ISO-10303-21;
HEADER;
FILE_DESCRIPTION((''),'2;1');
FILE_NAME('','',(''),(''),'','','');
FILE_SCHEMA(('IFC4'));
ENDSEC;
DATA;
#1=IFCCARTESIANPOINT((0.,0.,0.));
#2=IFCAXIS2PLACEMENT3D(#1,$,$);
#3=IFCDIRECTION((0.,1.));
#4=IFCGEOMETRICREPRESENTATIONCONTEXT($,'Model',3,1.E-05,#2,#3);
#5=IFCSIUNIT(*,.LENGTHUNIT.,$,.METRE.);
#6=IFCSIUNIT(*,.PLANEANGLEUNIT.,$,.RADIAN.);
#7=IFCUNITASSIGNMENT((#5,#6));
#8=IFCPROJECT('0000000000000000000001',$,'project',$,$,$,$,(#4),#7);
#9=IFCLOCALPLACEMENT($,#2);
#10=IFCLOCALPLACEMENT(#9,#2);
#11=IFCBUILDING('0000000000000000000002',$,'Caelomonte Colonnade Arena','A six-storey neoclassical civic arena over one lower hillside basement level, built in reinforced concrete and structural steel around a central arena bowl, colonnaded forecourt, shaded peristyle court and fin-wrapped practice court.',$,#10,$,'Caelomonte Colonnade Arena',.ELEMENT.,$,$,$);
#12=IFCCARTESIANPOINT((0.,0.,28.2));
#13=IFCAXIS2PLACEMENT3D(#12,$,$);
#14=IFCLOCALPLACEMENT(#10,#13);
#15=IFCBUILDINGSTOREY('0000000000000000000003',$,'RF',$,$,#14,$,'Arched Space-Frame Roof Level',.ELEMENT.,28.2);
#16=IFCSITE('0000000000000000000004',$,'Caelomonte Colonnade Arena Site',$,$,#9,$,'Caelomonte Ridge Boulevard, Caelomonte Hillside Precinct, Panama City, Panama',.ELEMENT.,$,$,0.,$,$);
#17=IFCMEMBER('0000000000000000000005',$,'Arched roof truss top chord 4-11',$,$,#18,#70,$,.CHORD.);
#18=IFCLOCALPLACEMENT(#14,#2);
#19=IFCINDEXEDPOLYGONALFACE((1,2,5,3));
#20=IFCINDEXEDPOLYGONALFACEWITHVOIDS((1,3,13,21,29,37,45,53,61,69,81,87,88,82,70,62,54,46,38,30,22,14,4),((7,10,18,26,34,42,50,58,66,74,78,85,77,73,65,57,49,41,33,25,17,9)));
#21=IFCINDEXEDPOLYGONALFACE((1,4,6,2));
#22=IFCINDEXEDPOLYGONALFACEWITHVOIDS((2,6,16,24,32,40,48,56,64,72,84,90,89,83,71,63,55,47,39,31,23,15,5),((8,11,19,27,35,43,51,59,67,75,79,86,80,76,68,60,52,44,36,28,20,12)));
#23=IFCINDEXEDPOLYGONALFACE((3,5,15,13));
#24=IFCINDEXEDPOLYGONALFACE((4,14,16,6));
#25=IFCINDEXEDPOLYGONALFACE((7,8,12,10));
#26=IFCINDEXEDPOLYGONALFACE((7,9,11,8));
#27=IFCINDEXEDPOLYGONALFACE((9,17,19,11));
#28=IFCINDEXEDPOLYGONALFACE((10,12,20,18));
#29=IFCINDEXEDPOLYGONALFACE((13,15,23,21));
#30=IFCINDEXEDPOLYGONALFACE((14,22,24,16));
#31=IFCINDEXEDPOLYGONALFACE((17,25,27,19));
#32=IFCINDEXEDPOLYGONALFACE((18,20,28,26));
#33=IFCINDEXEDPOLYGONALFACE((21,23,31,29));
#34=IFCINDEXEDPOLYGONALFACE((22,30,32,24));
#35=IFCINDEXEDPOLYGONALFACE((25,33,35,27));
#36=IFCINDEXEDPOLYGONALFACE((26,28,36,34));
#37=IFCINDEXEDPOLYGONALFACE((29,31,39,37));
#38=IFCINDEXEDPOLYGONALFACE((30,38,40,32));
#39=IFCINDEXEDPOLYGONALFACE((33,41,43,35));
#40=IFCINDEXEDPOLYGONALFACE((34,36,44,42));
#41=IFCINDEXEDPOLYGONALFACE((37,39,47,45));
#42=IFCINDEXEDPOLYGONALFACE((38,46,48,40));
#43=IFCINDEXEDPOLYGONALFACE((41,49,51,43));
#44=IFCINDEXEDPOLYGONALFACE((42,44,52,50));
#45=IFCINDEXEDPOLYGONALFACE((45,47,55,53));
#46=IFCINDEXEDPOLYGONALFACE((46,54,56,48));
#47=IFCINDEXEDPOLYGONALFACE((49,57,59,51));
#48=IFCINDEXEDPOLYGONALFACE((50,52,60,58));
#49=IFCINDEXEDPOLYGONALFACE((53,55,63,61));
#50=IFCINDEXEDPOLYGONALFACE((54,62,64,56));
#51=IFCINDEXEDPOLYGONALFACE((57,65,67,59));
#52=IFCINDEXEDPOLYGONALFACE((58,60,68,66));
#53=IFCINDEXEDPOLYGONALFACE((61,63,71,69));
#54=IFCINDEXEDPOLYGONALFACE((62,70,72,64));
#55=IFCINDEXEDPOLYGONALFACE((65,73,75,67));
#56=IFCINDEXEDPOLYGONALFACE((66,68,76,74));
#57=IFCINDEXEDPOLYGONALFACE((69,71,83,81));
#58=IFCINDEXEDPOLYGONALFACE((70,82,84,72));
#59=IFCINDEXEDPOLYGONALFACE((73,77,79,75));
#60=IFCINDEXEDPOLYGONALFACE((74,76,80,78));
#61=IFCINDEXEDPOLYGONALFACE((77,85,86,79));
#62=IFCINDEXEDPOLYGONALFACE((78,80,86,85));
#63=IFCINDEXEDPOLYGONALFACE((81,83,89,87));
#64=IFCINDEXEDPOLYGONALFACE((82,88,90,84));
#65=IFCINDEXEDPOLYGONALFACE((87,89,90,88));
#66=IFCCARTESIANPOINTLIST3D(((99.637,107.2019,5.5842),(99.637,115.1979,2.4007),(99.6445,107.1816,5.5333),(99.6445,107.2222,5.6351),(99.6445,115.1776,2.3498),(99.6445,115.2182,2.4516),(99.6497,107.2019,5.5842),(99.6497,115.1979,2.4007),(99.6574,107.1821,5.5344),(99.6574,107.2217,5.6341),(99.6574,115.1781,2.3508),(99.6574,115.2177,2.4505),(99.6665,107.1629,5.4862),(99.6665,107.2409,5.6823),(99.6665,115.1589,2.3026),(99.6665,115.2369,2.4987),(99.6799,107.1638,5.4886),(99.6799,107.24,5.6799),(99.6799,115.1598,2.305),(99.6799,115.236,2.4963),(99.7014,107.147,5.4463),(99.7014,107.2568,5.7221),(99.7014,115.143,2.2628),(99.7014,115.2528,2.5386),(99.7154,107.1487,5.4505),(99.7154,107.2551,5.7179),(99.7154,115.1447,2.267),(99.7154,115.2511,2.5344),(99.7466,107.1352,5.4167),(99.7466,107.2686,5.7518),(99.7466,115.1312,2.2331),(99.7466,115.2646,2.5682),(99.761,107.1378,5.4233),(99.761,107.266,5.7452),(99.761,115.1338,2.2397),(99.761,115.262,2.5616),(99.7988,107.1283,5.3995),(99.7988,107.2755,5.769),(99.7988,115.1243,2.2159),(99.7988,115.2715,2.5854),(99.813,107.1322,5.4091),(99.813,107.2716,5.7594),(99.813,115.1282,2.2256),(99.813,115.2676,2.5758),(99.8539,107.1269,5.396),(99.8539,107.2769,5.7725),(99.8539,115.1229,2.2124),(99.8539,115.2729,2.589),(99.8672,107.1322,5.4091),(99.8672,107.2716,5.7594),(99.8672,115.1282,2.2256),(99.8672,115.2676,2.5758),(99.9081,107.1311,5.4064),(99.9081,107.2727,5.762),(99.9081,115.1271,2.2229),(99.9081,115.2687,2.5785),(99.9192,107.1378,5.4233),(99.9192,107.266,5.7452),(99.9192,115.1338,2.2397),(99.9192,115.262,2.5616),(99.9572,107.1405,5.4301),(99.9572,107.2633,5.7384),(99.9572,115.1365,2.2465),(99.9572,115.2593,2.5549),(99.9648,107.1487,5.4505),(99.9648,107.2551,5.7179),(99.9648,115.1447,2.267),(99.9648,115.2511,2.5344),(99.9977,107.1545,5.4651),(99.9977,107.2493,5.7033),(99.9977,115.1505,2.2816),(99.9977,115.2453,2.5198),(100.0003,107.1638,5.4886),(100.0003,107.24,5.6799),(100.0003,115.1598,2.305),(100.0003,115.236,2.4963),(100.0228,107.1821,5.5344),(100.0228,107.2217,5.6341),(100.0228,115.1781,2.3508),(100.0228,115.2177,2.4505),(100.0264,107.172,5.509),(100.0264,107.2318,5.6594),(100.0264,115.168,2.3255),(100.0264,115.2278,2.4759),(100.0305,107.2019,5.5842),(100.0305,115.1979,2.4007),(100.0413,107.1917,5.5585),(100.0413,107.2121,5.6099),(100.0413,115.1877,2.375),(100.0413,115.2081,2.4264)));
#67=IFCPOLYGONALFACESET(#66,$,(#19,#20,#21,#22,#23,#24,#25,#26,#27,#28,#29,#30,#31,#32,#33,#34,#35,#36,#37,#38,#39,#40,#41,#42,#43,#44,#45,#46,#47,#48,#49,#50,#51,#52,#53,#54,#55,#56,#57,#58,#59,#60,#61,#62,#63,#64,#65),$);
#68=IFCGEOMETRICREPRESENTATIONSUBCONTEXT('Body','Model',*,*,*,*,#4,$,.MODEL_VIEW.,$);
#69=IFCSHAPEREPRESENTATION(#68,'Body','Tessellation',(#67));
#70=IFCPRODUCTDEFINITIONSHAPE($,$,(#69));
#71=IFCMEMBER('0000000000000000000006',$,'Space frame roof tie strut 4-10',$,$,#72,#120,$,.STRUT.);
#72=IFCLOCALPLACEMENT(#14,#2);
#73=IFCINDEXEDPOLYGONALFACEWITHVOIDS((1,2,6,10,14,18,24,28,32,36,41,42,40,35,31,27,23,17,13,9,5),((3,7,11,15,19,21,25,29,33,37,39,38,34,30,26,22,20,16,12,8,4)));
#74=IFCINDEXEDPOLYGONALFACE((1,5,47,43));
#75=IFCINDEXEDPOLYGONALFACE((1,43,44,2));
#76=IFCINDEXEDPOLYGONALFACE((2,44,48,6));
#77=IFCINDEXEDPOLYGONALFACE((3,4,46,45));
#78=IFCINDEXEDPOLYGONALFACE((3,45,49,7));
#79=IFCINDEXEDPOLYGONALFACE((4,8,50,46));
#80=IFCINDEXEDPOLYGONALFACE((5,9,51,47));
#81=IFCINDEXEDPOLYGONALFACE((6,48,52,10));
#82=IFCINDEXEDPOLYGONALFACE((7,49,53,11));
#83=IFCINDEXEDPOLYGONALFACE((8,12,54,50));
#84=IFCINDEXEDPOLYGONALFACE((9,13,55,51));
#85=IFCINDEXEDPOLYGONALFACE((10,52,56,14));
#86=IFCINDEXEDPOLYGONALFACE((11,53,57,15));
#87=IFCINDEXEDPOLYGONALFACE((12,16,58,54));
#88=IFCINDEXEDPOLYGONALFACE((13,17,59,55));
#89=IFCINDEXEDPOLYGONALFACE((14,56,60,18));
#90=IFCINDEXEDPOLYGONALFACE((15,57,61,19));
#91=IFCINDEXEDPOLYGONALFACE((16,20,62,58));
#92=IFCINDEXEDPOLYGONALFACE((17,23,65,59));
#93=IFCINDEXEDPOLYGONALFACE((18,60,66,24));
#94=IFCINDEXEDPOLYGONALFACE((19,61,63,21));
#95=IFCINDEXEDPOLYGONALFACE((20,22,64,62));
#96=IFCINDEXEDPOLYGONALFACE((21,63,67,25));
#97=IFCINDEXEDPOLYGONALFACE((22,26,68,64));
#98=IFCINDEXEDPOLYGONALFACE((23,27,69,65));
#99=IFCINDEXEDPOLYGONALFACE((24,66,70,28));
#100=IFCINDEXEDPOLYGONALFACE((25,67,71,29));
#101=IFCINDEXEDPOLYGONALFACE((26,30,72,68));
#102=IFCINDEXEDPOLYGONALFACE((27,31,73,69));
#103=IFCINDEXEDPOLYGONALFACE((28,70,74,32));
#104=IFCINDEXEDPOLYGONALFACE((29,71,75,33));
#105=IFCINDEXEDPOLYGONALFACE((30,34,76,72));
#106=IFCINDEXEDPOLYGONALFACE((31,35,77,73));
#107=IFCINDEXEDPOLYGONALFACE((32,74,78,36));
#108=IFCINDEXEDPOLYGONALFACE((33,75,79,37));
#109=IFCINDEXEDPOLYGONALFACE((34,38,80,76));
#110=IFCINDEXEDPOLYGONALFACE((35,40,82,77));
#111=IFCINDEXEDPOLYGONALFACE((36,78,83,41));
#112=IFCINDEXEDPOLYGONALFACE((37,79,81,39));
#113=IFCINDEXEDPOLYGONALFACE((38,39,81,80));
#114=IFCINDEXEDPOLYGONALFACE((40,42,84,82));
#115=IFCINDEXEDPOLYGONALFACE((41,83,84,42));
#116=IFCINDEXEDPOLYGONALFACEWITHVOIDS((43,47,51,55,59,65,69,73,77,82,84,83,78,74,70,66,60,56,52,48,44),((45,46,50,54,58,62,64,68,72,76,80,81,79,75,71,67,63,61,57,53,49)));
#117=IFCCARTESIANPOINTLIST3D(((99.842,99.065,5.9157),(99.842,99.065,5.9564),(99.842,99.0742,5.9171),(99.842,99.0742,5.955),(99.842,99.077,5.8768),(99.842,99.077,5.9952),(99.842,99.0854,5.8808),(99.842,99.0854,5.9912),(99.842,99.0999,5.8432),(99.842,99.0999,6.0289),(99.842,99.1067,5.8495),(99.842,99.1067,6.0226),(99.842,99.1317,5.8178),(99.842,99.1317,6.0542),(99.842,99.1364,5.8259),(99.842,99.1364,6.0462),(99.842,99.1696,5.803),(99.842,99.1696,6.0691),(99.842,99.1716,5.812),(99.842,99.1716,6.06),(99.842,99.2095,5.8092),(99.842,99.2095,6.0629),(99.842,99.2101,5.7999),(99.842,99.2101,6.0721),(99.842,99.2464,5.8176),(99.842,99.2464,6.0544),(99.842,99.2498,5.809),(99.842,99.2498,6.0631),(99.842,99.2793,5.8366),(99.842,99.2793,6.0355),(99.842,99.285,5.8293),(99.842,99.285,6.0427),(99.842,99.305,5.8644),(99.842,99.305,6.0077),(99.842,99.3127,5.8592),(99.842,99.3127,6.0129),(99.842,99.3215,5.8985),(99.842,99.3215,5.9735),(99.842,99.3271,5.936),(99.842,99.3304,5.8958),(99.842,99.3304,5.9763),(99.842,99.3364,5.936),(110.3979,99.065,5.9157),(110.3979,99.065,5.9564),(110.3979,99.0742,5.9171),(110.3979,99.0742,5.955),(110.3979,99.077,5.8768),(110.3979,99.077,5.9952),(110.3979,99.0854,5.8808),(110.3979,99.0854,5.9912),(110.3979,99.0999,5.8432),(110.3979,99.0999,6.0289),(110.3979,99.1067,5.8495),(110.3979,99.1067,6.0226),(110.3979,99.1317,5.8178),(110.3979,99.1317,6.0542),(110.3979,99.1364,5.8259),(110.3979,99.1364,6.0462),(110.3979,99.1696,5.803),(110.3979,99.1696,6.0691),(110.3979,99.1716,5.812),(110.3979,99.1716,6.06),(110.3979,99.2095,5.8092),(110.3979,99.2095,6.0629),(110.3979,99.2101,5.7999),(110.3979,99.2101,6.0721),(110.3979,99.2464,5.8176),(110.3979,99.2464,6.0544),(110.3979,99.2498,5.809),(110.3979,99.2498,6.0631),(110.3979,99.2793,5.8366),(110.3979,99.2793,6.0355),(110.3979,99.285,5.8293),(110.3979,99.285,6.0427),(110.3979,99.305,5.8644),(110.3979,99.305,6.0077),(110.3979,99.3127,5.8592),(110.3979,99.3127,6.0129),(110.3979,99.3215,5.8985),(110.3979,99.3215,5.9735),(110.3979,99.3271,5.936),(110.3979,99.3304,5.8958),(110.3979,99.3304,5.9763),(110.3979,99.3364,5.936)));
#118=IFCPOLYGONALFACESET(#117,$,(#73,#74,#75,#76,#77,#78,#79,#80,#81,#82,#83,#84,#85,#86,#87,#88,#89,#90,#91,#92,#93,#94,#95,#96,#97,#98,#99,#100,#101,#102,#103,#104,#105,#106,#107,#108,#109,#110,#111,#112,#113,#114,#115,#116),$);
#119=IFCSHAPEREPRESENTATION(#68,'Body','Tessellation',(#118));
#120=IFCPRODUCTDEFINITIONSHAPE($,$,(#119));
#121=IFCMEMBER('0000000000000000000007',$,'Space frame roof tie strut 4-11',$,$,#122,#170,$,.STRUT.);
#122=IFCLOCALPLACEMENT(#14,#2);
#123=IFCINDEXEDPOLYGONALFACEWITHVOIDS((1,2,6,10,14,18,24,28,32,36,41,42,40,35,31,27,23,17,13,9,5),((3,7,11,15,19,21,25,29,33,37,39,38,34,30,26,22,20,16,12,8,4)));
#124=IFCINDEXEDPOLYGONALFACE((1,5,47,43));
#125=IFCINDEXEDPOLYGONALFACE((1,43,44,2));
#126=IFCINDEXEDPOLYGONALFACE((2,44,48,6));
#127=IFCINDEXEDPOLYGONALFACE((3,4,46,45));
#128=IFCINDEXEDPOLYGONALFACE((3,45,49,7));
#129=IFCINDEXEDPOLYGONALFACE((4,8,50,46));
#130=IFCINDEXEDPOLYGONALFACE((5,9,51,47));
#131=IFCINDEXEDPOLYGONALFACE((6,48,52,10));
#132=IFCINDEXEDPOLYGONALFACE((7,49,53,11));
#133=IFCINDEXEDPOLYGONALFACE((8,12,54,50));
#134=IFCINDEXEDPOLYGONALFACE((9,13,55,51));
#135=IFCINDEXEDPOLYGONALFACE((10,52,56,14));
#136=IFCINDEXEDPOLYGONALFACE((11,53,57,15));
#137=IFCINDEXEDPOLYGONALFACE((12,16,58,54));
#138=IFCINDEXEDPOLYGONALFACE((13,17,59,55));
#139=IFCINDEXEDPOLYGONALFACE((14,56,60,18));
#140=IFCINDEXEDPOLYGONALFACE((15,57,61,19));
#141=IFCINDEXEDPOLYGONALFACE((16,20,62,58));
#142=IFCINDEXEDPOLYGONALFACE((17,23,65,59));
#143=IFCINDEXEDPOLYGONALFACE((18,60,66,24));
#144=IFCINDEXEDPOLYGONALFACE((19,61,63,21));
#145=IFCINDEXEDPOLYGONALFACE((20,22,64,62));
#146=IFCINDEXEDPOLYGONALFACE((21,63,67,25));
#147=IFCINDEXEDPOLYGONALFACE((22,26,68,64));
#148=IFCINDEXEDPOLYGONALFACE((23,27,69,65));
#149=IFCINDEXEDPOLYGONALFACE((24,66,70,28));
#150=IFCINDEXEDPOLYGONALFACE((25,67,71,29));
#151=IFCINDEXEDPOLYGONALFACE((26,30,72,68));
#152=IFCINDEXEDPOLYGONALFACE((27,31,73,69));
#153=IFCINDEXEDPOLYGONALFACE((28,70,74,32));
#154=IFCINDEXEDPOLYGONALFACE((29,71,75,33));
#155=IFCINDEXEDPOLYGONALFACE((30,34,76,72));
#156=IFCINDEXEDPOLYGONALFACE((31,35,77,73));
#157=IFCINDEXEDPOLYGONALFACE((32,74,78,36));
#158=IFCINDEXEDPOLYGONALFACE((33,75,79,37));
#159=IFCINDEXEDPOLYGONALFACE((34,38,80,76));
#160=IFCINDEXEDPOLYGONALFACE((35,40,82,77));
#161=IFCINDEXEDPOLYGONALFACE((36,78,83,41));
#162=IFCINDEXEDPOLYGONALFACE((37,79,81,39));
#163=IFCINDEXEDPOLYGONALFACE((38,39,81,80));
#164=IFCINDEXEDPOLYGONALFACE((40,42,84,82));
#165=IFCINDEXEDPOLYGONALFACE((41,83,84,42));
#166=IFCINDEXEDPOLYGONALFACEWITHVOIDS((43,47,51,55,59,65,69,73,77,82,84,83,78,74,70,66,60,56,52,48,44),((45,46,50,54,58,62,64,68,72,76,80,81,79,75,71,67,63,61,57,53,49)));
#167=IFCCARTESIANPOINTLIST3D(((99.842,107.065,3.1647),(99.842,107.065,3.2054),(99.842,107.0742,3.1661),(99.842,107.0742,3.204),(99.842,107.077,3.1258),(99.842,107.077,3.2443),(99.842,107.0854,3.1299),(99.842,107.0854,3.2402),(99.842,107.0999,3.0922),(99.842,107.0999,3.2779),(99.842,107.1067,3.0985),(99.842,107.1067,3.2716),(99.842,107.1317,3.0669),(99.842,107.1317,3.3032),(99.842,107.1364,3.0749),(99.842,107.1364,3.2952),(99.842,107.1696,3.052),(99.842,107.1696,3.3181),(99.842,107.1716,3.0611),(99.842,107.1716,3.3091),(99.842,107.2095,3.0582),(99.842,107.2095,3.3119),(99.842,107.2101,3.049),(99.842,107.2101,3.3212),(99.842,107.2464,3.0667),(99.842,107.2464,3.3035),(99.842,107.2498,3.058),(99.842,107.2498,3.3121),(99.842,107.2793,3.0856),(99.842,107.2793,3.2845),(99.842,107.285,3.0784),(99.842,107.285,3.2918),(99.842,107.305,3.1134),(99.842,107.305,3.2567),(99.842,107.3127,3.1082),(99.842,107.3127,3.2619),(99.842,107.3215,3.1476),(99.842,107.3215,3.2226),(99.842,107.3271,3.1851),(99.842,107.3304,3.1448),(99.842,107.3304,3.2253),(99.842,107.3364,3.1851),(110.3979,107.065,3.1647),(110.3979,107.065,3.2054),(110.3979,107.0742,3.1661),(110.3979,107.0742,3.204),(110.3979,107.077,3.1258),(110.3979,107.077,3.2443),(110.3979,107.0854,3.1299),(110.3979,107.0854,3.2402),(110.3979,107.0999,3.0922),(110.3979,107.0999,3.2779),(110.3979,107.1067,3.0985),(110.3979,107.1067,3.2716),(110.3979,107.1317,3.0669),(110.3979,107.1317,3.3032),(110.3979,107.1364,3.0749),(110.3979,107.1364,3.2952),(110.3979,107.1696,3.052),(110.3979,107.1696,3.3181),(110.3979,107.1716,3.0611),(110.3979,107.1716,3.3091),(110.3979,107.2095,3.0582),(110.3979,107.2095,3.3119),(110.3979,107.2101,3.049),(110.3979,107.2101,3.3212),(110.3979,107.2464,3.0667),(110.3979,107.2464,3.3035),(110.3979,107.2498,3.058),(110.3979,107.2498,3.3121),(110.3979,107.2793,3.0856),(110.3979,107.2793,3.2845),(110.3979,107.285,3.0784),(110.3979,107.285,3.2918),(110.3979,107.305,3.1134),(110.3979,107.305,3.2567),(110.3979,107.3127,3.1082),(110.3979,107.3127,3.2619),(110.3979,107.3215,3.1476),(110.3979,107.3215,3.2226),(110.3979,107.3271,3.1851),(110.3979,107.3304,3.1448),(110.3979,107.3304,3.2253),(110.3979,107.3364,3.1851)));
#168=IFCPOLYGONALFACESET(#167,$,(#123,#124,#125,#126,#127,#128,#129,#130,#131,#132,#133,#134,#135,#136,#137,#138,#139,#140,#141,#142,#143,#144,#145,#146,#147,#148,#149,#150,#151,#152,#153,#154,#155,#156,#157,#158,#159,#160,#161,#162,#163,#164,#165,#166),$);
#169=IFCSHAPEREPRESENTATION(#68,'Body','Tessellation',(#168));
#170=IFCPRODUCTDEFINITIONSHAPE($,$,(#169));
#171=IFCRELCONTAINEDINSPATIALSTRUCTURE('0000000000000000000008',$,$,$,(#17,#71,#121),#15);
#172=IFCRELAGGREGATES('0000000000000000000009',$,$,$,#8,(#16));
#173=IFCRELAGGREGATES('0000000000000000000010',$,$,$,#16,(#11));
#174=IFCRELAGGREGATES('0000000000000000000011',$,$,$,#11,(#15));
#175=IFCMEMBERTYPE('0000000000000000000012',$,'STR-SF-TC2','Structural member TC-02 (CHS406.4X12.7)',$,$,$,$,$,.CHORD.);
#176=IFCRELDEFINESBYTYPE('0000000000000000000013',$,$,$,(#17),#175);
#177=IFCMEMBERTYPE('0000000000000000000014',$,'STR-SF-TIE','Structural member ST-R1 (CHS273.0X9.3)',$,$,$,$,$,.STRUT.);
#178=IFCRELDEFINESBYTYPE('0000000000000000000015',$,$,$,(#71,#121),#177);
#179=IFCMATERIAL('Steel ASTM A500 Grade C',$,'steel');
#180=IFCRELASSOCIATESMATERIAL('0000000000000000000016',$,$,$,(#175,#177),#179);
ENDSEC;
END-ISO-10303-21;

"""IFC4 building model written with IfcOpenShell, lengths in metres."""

from ifc_helpers import new_model, si_unit, direction, frame, origin, origin_2d, place, context, subcontext, project, spatial, hollow_circle, extrude, material, material_profile, profile_set, type_object, element, save


model = new_model("IFC4")

# Units and contexts
model_context = context("Model", 3, precision=1e-05, world=origin(), true_north=direction((0.0, 1.0)))
body_context = subcontext(model_context, "Body", "Model", "MODEL_VIEW")
ifc_project = project(units=[si_unit("LENGTHUNIT", "METRE"), si_unit("PLANEANGLEUNIT", "RADIAN")], contexts=[model_context])

# Site, building, storey
site_placement = place(None, origin())
site = spatial("IfcSite", under=ifc_project, at=site_placement, Name="Caelomonte Colonnade Arena Site", LongName="Caelomonte Ridge Boulevard, Caelomonte Hillside Precinct, Panama City, Panama", CompositionType="ELEMENT", RefElevation=0.0)
building_placement = place(site_placement, origin())
building = spatial("IfcBuilding", under=site, at=building_placement, Name="Caelomonte Colonnade Arena", Description="A six-storey neoclassical civic arena over one lower hillside basement level, built in reinforced concrete and structural steel around a central arena bowl, colonnaded forecourt, shaded peristyle court and fin-wrapped practice court.", LongName="Caelomonte Colonnade Arena", CompositionType="ELEMENT")
storey_placement = place(building_placement, frame((0.0, 0.0, 28.2)))
storey = spatial("IfcBuildingStorey", under=building, at=storey_placement, Name="RF", LongName="Arched Space-Frame Roof Level", CompositionType="ELEMENT", Elevation=28.2)

# Members
ifc_material_1 = material(Name="Steel ASTM A500 Grade C", Category="steel")
ifc_material_profile_1 = material_profile(ifc_material_1, hollow_circle(Radius=0.2031, WallThickness=0.0127, at=origin_2d()), Name="CHS406.4X12.7")
ifc_profile_set_1 = profile_set([ifc_material_profile_1], Name="Steel ASTM A500 Grade C")
member_type_1 = type_object("IfcMemberType", Name="STR-SF-TC2", Description="Structural member TC-02 (CHS406.4X12.7)", PredefinedType="CHORD", material=ifc_profile_set_1)
member_1_placement = place(storey_placement, frame((99.8401, 107.2019, 5.5842), z_axis=(0.0, 0.92907, -0.369903), x_axis=(-1.0, 0.0, 0.0)))
element("IfcMember", 1, at=member_1_placement, inside=storey, type_object=member_type_1, Name="Arched roof truss top chord 4-11", PredefinedType="CHORD", context=body_context, shape_type="SweptSolid", body=[
    extrude(hollow_circle(Radius=0.2031, WallThickness=0.0127, at=origin_2d()), origin(), (0.0, 0.0, 1.0), 8.6064),
])
ifc_material_profile_2 = material_profile(ifc_material_1, hollow_circle(Radius=0.1365, WallThickness=0.0093, at=origin_2d()), Name="CHS273.0X9.3")
ifc_profile_set_2 = profile_set([ifc_material_profile_2], Name="Steel ASTM A500 Grade C")
member_type_2 = type_object("IfcMemberType", Name="STR-SF-TIE", Description="Structural member ST-R1 (CHS273.0X9.3)", PredefinedType="STRUT", material=ifc_profile_set_2)
for number, where, z_axis, x_axis, name in (
    (2, (99.842, 99.2, 5.936), (1.0, 0.0, 0.0), (0.0, 1.0, 0.0), "Space frame roof tie strut 4-10"),
    (3, (99.842, 107.2, 3.1851), (1.0, 0.0, 0.0), (0.0, 1.0, 0.0), "Space frame roof tie strut 4-11"),
):
    element("IfcMember", number, at=place(storey_placement, frame(where, z_axis=z_axis, x_axis=x_axis)), inside=storey, type_object=member_type_2, Name=name, PredefinedType="STRUT", context=body_context, shape_type="SweptSolid", body=[
        extrude(hollow_circle(Radius=0.1365, WallThickness=0.0093, at=origin_2d()), origin(), (0.0, 0.0, 1.0), 10.5559),
    ])

save(model, "model.ifc")
